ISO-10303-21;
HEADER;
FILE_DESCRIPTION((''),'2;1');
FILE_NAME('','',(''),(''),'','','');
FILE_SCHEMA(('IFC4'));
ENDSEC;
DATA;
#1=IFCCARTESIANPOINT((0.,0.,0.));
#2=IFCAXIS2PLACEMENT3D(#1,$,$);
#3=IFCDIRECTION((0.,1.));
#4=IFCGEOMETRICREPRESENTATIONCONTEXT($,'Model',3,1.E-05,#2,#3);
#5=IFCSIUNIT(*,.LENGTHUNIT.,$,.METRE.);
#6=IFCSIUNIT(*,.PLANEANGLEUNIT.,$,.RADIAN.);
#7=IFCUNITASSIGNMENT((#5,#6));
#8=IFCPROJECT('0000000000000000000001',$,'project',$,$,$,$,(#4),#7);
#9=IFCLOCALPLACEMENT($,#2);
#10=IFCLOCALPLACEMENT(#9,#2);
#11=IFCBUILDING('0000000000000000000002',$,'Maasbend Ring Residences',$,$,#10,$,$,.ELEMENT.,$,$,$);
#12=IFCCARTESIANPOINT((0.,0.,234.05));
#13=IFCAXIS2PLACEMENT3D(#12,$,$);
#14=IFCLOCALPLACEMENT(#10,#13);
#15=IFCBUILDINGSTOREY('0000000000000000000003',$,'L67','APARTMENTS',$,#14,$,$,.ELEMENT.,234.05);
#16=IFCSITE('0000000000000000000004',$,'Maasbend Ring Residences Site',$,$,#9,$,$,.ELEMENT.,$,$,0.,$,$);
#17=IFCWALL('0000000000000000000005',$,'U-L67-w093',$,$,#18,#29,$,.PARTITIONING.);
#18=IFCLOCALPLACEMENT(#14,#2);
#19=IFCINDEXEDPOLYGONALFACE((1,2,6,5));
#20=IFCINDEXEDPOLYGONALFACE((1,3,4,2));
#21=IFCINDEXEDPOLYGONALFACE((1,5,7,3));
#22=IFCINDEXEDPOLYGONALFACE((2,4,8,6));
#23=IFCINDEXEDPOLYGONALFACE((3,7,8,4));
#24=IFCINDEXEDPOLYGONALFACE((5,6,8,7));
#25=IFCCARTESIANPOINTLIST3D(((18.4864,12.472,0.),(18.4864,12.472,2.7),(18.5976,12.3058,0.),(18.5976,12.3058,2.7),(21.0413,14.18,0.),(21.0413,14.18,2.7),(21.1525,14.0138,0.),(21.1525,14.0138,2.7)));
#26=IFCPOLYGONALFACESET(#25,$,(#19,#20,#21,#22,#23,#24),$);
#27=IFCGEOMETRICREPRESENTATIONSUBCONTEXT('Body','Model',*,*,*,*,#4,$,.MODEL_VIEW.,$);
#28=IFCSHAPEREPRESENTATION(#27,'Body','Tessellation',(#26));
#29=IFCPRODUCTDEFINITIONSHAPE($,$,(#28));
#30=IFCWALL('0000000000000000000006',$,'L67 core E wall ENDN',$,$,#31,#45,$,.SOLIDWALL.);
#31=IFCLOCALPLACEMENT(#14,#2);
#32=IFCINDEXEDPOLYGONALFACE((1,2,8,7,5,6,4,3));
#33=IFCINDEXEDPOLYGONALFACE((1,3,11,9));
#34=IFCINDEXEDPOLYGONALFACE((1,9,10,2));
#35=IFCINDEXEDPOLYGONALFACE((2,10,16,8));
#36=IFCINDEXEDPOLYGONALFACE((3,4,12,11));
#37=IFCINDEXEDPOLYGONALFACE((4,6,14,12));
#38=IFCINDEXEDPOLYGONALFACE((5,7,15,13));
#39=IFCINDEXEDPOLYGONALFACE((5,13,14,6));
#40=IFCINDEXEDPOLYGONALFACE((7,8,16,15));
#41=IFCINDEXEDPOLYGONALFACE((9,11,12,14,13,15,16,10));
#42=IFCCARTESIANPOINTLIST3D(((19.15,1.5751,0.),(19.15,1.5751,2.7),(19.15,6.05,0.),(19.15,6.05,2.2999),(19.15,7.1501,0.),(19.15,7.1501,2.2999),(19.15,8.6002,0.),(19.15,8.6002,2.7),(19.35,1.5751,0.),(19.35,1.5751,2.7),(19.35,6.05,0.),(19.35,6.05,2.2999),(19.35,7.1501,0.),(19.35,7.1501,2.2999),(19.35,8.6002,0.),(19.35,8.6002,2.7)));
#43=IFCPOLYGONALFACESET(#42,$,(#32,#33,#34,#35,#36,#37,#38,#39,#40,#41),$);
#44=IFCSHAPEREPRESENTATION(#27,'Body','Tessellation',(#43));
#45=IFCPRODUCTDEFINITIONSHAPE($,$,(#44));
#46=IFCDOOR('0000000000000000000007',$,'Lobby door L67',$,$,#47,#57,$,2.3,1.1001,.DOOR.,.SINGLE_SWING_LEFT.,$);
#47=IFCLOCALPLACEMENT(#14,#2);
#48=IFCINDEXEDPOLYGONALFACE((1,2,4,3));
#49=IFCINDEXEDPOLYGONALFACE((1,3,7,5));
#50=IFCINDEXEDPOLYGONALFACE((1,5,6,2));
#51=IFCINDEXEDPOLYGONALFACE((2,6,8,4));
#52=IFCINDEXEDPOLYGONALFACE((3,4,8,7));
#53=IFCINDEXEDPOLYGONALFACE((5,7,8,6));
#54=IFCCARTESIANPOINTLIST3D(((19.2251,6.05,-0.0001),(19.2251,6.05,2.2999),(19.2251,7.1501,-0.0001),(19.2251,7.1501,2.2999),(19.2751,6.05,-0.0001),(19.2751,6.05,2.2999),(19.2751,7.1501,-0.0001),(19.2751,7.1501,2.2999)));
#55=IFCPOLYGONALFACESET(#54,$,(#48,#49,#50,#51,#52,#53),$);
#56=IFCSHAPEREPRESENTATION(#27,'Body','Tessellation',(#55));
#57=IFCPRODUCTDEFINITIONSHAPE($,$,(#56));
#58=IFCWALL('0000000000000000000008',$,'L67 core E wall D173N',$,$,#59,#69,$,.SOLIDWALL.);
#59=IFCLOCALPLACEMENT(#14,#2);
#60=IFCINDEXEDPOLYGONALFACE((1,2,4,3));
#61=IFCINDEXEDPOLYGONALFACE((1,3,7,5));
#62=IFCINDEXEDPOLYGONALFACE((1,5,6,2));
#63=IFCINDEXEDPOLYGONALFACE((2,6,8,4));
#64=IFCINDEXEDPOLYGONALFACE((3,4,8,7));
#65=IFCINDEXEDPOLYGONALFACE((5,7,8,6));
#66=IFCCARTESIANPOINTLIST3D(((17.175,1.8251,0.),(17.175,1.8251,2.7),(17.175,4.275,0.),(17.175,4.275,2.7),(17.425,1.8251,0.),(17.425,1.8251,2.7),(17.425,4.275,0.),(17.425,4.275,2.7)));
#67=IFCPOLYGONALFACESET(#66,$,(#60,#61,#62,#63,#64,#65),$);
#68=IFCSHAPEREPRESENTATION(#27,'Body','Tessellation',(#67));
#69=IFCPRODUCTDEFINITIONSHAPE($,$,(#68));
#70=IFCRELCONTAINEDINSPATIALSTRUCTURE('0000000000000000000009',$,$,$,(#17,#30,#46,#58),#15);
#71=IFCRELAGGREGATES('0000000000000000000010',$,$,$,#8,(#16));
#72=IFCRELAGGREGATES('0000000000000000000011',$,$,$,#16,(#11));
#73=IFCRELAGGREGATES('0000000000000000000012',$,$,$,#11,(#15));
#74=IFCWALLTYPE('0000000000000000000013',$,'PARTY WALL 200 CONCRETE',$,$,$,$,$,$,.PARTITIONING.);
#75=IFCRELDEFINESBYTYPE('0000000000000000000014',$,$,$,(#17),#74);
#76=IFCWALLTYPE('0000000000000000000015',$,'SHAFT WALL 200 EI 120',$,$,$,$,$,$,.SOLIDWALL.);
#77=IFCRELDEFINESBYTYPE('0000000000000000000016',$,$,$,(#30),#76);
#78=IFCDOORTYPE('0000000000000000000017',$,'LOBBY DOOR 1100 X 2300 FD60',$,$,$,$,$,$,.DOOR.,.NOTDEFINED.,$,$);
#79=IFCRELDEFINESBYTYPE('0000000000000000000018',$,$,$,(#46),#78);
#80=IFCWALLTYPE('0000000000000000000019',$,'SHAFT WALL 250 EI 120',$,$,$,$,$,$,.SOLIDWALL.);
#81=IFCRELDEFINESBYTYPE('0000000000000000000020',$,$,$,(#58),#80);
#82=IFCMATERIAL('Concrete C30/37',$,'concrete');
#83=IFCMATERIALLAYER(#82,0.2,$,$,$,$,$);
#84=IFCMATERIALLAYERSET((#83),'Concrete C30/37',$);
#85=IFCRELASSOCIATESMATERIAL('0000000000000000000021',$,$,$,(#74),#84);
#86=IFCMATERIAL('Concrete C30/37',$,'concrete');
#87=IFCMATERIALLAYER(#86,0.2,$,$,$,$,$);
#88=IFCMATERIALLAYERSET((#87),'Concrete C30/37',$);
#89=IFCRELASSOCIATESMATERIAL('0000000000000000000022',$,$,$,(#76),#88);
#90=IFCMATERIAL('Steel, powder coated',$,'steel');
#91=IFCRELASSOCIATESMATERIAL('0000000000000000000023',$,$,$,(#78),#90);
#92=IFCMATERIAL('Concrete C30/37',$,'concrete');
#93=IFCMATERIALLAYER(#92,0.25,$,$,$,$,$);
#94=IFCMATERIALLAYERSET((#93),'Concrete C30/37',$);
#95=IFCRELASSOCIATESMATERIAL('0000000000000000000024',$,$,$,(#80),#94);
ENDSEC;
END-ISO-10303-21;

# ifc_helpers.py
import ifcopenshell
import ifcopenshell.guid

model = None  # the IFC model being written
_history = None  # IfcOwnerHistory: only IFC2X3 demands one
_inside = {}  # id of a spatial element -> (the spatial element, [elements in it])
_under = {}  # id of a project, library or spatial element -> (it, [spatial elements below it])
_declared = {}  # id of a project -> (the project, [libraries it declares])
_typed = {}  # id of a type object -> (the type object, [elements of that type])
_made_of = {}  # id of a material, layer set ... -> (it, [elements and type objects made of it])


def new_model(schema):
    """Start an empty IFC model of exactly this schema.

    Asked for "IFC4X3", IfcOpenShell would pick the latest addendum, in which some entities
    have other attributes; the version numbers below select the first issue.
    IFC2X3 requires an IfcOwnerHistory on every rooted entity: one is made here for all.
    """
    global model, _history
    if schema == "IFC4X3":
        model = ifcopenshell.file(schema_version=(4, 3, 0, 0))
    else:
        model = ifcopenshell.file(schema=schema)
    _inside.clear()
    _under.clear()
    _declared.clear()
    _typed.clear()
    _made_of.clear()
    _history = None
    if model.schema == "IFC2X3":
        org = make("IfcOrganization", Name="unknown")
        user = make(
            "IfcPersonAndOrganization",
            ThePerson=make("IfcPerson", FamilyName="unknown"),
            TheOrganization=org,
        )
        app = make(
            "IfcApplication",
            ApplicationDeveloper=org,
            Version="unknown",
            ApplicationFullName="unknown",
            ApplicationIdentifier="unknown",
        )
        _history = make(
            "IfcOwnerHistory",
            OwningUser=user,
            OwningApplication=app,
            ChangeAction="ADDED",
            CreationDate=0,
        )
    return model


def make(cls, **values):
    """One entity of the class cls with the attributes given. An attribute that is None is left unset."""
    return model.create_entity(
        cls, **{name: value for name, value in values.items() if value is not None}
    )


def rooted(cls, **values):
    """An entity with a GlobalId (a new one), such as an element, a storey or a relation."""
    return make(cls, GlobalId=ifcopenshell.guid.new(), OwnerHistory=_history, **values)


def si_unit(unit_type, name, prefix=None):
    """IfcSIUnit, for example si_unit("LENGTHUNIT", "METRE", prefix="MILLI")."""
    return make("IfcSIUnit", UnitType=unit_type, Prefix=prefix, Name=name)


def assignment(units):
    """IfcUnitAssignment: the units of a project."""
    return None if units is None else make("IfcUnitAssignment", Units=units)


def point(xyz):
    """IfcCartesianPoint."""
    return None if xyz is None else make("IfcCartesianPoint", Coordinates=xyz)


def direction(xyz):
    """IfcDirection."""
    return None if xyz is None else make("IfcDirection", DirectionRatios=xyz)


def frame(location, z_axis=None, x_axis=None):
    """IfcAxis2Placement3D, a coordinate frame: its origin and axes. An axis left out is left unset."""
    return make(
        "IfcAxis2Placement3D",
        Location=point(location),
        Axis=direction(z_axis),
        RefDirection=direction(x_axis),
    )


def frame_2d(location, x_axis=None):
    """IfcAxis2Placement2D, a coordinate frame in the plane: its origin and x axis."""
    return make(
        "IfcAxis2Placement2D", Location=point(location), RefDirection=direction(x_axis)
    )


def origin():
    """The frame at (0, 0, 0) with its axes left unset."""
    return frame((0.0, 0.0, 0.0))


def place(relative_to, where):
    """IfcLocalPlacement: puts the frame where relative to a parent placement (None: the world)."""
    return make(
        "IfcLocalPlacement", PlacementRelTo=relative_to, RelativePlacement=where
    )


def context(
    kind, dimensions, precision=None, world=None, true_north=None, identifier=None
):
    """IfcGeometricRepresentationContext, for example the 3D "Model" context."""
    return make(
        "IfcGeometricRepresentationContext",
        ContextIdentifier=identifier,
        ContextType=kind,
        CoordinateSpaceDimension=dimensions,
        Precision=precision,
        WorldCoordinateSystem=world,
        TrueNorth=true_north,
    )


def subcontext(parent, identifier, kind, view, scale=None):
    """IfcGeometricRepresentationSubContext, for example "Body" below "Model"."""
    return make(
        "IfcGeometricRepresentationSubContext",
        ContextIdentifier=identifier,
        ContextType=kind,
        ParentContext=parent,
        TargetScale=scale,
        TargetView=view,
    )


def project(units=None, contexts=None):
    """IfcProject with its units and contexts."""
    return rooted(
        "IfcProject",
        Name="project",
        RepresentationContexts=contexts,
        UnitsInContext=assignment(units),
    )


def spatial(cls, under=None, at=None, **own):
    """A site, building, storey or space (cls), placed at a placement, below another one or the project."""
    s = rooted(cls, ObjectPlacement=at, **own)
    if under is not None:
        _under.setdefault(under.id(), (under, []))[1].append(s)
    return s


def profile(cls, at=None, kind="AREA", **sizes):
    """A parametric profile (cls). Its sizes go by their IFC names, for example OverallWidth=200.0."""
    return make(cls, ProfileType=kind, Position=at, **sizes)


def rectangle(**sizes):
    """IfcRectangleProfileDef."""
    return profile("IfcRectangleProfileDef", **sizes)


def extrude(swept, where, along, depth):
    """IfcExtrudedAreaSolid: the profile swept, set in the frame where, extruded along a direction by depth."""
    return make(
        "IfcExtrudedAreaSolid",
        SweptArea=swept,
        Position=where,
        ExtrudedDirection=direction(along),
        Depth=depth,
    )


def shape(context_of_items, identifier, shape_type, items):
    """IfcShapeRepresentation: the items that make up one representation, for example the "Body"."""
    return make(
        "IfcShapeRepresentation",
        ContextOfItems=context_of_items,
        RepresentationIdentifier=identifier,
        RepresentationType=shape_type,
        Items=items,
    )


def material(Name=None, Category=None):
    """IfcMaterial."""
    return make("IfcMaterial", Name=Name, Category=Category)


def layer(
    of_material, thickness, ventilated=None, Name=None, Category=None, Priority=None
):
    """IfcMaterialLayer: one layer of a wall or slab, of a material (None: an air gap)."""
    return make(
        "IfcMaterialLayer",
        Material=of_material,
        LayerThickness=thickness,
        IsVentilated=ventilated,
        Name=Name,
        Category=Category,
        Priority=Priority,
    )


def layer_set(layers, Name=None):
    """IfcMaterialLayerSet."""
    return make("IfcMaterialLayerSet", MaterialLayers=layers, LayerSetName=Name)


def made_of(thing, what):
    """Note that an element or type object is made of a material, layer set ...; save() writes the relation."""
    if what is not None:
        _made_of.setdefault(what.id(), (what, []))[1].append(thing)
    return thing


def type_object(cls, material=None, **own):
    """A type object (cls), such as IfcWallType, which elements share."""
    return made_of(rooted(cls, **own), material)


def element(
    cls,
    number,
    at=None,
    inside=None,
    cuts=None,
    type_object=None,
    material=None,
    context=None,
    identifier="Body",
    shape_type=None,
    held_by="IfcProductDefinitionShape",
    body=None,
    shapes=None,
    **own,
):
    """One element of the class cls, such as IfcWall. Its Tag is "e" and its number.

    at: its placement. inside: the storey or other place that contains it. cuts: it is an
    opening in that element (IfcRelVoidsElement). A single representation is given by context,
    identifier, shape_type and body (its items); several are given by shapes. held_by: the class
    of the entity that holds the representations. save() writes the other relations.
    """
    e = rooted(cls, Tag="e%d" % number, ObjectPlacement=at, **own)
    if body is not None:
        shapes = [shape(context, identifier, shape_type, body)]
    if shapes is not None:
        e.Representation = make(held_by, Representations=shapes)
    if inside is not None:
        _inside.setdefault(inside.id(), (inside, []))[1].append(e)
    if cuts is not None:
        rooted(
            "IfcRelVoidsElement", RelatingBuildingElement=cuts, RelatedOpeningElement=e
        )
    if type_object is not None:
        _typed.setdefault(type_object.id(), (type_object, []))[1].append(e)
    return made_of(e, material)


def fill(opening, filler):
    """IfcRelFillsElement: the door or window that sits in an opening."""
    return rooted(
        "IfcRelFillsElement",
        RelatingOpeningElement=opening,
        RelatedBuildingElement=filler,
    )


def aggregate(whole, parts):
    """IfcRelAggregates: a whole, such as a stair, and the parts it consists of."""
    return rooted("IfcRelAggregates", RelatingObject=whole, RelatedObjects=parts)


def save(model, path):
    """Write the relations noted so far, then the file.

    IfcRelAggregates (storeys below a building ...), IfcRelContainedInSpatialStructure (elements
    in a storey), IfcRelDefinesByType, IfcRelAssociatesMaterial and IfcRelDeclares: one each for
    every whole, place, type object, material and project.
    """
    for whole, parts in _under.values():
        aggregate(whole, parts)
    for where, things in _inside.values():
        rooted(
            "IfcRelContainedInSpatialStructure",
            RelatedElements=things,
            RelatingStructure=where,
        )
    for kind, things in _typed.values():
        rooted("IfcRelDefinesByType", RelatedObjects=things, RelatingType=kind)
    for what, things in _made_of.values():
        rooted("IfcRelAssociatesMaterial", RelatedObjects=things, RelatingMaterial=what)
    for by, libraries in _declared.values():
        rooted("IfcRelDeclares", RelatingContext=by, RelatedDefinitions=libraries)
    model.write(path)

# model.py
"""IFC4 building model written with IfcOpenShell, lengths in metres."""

from ifc_helpers import new_model, si_unit, direction, frame, frame_2d, origin, place, context, subcontext, project, spatial, rectangle, extrude, material, layer, layer_set, type_object, element, fill, save


model = new_model("IFC4")

# Units and contexts
model_context = context("Model", 3, precision=1e-05, world=origin(), true_north=direction((0.0, 1.0)))
body_context = subcontext(model_context, "Body", "Model", "MODEL_VIEW")
ifc_project = project(units=[si_unit("LENGTHUNIT", "METRE"), si_unit("PLANEANGLEUNIT", "RADIAN")], contexts=[model_context])

# Site, building, storey
site_placement = place(None, origin())
site = spatial("IfcSite", under=ifc_project, at=site_placement, Name="Maasbend Ring Residences Site", CompositionType="ELEMENT", RefElevation=0.0)
building_placement = place(site_placement, origin())
building = spatial("IfcBuilding", under=site, at=building_placement, Name="Maasbend Ring Residences", CompositionType="ELEMENT")
storey_placement = place(building_placement, frame((0.0, 0.0, 234.05)))
storey = spatial("IfcBuildingStorey", under=building, at=storey_placement, Name="L67", Description="APARTMENTS", CompositionType="ELEMENT", Elevation=234.05)

# Wall
ifc_material_1 = material(Name="Concrete C30/37", Category="concrete")
ifc_layer_1 = layer(ifc_material_1, 0.2)
ifc_layer_set_1 = layer_set([ifc_layer_1], Name="Concrete C30/37")
wall_type_1 = type_object("IfcWallType", Name="PARTY WALL 200 CONCRETE", PredefinedType="PARTITIONING", material=ifc_layer_set_1)
wall_1_placement = place(storey_placement, frame((18.542, 12.3889, 0.0), z_axis=(0.0, 0.0, 1.0), x_axis=(0.831341, 0.555763, 0.0)))
element("IfcWall", 1, at=wall_1_placement, inside=storey, type_object=wall_type_1, Name="U-L67-w093", PredefinedType="PARTITIONING", context=body_context, shape_type="SweptSolid", body=[
    extrude(rectangle(XDim=3.0732, YDim=0.2, at=frame_2d((1.5366, 0.0))), origin(), (0.0, 0.0, 1.0), 2.7),
])

# Wall, opening, door
ifc_material_2 = material(Name="Concrete C30/37", Category="concrete")
ifc_layer_2 = layer(ifc_material_2, 0.2)
ifc_layer_set_2 = layer_set([ifc_layer_2], Name="Concrete C30/37")
wall_type_2 = type_object("IfcWallType", Name="SHAFT WALL 200 EI 120", PredefinedType="SOLIDWALL", material=ifc_layer_set_2)
wall_2_placement = place(storey_placement, frame((19.25, 1.575, 0.0), z_axis=(0.0, 0.0, 1.0), x_axis=(0.0, 1.0, 0.0)))
wall_2 = element("IfcWall", 2, at=wall_2_placement, inside=storey, type_object=wall_type_2, Name="L67 core E wall ENDN", PredefinedType="SOLIDWALL", context=body_context, shape_type="SweptSolid", body=[
    extrude(rectangle(XDim=7.0251, YDim=0.2, at=frame_2d((3.5127, 0.0))), origin(), (0.0, 0.0, 1.0), 2.7),
])
opening_1_placement = place(wall_2_placement, frame((4.4751, 0.0, 0.0)))
opening_1 = element("IfcOpeningElement", 3, at=opening_1_placement, cuts=wall_2, PredefinedType="OPENING", context=body_context, shape_type="SweptSolid", body=[
    extrude(rectangle(XDim=1.1001, YDim=2.3, at=frame_2d((0.55, 1.1499))), frame((0.0, 0.1099, 0.0), z_axis=(0.0, -1.0, 0.0), x_axis=(1.0, 0.0, 0.0)), (0.0, 0.0, 1.0), 0.22),
])
ifc_material_3 = material(Name="Steel, powder coated", Category="steel")
door_type_1 = type_object("IfcDoorType", Name="LOBBY DOOR 1100 X 2300 FD60", OperationType="NOTDEFINED", PredefinedType="DOOR", material=ifc_material_3)
door_1_placement = place(opening_1_placement, origin())
door_1 = element("IfcDoor", 4, at=door_1_placement, inside=storey, type_object=door_type_1, Name="Lobby door L67", OperationType="SINGLE_SWING_LEFT", OverallHeight=2.3, OverallWidth=1.1001, PredefinedType="DOOR", context=body_context, shape_type="SweptSolid", body=[
    extrude(rectangle(XDim=1.1001, YDim=2.3, at=frame_2d((0.55, 1.1499))), frame((0.0, 0.0249, 0.0), z_axis=(0.0, -1.0, 0.0), x_axis=(1.0, 0.0, 0.0)), (0.0, 0.0, 1.0), 0.05),
])
fill(opening_1, door_1)

# Wall
ifc_material_4 = material(Name="Concrete C30/37", Category="concrete")
ifc_layer_3 = layer(ifc_material_4, 0.25)
ifc_layer_set_3 = layer_set([ifc_layer_3], Name="Concrete C30/37")
wall_type_3 = type_object("IfcWallType", Name="SHAFT WALL 250 EI 120", PredefinedType="SOLIDWALL", material=ifc_layer_set_3)
wall_3_placement = place(storey_placement, frame((17.3, 1.825, 0.0), z_axis=(0.0, 0.0, 1.0), x_axis=(0.0, 1.0, 0.0)))
element("IfcWall", 5, at=wall_3_placement, inside=storey, type_object=wall_type_3, Name="L67 core E wall D173N", PredefinedType="SOLIDWALL", context=body_context, shape_type="SweptSolid", body=[
    extrude(rectangle(XDim=2.45, YDim=0.25, at=frame_2d((1.2251, 0.0))), origin(), (0.0, 0.0, 1.0), 2.7),
])

save(model, "model.ifc")
